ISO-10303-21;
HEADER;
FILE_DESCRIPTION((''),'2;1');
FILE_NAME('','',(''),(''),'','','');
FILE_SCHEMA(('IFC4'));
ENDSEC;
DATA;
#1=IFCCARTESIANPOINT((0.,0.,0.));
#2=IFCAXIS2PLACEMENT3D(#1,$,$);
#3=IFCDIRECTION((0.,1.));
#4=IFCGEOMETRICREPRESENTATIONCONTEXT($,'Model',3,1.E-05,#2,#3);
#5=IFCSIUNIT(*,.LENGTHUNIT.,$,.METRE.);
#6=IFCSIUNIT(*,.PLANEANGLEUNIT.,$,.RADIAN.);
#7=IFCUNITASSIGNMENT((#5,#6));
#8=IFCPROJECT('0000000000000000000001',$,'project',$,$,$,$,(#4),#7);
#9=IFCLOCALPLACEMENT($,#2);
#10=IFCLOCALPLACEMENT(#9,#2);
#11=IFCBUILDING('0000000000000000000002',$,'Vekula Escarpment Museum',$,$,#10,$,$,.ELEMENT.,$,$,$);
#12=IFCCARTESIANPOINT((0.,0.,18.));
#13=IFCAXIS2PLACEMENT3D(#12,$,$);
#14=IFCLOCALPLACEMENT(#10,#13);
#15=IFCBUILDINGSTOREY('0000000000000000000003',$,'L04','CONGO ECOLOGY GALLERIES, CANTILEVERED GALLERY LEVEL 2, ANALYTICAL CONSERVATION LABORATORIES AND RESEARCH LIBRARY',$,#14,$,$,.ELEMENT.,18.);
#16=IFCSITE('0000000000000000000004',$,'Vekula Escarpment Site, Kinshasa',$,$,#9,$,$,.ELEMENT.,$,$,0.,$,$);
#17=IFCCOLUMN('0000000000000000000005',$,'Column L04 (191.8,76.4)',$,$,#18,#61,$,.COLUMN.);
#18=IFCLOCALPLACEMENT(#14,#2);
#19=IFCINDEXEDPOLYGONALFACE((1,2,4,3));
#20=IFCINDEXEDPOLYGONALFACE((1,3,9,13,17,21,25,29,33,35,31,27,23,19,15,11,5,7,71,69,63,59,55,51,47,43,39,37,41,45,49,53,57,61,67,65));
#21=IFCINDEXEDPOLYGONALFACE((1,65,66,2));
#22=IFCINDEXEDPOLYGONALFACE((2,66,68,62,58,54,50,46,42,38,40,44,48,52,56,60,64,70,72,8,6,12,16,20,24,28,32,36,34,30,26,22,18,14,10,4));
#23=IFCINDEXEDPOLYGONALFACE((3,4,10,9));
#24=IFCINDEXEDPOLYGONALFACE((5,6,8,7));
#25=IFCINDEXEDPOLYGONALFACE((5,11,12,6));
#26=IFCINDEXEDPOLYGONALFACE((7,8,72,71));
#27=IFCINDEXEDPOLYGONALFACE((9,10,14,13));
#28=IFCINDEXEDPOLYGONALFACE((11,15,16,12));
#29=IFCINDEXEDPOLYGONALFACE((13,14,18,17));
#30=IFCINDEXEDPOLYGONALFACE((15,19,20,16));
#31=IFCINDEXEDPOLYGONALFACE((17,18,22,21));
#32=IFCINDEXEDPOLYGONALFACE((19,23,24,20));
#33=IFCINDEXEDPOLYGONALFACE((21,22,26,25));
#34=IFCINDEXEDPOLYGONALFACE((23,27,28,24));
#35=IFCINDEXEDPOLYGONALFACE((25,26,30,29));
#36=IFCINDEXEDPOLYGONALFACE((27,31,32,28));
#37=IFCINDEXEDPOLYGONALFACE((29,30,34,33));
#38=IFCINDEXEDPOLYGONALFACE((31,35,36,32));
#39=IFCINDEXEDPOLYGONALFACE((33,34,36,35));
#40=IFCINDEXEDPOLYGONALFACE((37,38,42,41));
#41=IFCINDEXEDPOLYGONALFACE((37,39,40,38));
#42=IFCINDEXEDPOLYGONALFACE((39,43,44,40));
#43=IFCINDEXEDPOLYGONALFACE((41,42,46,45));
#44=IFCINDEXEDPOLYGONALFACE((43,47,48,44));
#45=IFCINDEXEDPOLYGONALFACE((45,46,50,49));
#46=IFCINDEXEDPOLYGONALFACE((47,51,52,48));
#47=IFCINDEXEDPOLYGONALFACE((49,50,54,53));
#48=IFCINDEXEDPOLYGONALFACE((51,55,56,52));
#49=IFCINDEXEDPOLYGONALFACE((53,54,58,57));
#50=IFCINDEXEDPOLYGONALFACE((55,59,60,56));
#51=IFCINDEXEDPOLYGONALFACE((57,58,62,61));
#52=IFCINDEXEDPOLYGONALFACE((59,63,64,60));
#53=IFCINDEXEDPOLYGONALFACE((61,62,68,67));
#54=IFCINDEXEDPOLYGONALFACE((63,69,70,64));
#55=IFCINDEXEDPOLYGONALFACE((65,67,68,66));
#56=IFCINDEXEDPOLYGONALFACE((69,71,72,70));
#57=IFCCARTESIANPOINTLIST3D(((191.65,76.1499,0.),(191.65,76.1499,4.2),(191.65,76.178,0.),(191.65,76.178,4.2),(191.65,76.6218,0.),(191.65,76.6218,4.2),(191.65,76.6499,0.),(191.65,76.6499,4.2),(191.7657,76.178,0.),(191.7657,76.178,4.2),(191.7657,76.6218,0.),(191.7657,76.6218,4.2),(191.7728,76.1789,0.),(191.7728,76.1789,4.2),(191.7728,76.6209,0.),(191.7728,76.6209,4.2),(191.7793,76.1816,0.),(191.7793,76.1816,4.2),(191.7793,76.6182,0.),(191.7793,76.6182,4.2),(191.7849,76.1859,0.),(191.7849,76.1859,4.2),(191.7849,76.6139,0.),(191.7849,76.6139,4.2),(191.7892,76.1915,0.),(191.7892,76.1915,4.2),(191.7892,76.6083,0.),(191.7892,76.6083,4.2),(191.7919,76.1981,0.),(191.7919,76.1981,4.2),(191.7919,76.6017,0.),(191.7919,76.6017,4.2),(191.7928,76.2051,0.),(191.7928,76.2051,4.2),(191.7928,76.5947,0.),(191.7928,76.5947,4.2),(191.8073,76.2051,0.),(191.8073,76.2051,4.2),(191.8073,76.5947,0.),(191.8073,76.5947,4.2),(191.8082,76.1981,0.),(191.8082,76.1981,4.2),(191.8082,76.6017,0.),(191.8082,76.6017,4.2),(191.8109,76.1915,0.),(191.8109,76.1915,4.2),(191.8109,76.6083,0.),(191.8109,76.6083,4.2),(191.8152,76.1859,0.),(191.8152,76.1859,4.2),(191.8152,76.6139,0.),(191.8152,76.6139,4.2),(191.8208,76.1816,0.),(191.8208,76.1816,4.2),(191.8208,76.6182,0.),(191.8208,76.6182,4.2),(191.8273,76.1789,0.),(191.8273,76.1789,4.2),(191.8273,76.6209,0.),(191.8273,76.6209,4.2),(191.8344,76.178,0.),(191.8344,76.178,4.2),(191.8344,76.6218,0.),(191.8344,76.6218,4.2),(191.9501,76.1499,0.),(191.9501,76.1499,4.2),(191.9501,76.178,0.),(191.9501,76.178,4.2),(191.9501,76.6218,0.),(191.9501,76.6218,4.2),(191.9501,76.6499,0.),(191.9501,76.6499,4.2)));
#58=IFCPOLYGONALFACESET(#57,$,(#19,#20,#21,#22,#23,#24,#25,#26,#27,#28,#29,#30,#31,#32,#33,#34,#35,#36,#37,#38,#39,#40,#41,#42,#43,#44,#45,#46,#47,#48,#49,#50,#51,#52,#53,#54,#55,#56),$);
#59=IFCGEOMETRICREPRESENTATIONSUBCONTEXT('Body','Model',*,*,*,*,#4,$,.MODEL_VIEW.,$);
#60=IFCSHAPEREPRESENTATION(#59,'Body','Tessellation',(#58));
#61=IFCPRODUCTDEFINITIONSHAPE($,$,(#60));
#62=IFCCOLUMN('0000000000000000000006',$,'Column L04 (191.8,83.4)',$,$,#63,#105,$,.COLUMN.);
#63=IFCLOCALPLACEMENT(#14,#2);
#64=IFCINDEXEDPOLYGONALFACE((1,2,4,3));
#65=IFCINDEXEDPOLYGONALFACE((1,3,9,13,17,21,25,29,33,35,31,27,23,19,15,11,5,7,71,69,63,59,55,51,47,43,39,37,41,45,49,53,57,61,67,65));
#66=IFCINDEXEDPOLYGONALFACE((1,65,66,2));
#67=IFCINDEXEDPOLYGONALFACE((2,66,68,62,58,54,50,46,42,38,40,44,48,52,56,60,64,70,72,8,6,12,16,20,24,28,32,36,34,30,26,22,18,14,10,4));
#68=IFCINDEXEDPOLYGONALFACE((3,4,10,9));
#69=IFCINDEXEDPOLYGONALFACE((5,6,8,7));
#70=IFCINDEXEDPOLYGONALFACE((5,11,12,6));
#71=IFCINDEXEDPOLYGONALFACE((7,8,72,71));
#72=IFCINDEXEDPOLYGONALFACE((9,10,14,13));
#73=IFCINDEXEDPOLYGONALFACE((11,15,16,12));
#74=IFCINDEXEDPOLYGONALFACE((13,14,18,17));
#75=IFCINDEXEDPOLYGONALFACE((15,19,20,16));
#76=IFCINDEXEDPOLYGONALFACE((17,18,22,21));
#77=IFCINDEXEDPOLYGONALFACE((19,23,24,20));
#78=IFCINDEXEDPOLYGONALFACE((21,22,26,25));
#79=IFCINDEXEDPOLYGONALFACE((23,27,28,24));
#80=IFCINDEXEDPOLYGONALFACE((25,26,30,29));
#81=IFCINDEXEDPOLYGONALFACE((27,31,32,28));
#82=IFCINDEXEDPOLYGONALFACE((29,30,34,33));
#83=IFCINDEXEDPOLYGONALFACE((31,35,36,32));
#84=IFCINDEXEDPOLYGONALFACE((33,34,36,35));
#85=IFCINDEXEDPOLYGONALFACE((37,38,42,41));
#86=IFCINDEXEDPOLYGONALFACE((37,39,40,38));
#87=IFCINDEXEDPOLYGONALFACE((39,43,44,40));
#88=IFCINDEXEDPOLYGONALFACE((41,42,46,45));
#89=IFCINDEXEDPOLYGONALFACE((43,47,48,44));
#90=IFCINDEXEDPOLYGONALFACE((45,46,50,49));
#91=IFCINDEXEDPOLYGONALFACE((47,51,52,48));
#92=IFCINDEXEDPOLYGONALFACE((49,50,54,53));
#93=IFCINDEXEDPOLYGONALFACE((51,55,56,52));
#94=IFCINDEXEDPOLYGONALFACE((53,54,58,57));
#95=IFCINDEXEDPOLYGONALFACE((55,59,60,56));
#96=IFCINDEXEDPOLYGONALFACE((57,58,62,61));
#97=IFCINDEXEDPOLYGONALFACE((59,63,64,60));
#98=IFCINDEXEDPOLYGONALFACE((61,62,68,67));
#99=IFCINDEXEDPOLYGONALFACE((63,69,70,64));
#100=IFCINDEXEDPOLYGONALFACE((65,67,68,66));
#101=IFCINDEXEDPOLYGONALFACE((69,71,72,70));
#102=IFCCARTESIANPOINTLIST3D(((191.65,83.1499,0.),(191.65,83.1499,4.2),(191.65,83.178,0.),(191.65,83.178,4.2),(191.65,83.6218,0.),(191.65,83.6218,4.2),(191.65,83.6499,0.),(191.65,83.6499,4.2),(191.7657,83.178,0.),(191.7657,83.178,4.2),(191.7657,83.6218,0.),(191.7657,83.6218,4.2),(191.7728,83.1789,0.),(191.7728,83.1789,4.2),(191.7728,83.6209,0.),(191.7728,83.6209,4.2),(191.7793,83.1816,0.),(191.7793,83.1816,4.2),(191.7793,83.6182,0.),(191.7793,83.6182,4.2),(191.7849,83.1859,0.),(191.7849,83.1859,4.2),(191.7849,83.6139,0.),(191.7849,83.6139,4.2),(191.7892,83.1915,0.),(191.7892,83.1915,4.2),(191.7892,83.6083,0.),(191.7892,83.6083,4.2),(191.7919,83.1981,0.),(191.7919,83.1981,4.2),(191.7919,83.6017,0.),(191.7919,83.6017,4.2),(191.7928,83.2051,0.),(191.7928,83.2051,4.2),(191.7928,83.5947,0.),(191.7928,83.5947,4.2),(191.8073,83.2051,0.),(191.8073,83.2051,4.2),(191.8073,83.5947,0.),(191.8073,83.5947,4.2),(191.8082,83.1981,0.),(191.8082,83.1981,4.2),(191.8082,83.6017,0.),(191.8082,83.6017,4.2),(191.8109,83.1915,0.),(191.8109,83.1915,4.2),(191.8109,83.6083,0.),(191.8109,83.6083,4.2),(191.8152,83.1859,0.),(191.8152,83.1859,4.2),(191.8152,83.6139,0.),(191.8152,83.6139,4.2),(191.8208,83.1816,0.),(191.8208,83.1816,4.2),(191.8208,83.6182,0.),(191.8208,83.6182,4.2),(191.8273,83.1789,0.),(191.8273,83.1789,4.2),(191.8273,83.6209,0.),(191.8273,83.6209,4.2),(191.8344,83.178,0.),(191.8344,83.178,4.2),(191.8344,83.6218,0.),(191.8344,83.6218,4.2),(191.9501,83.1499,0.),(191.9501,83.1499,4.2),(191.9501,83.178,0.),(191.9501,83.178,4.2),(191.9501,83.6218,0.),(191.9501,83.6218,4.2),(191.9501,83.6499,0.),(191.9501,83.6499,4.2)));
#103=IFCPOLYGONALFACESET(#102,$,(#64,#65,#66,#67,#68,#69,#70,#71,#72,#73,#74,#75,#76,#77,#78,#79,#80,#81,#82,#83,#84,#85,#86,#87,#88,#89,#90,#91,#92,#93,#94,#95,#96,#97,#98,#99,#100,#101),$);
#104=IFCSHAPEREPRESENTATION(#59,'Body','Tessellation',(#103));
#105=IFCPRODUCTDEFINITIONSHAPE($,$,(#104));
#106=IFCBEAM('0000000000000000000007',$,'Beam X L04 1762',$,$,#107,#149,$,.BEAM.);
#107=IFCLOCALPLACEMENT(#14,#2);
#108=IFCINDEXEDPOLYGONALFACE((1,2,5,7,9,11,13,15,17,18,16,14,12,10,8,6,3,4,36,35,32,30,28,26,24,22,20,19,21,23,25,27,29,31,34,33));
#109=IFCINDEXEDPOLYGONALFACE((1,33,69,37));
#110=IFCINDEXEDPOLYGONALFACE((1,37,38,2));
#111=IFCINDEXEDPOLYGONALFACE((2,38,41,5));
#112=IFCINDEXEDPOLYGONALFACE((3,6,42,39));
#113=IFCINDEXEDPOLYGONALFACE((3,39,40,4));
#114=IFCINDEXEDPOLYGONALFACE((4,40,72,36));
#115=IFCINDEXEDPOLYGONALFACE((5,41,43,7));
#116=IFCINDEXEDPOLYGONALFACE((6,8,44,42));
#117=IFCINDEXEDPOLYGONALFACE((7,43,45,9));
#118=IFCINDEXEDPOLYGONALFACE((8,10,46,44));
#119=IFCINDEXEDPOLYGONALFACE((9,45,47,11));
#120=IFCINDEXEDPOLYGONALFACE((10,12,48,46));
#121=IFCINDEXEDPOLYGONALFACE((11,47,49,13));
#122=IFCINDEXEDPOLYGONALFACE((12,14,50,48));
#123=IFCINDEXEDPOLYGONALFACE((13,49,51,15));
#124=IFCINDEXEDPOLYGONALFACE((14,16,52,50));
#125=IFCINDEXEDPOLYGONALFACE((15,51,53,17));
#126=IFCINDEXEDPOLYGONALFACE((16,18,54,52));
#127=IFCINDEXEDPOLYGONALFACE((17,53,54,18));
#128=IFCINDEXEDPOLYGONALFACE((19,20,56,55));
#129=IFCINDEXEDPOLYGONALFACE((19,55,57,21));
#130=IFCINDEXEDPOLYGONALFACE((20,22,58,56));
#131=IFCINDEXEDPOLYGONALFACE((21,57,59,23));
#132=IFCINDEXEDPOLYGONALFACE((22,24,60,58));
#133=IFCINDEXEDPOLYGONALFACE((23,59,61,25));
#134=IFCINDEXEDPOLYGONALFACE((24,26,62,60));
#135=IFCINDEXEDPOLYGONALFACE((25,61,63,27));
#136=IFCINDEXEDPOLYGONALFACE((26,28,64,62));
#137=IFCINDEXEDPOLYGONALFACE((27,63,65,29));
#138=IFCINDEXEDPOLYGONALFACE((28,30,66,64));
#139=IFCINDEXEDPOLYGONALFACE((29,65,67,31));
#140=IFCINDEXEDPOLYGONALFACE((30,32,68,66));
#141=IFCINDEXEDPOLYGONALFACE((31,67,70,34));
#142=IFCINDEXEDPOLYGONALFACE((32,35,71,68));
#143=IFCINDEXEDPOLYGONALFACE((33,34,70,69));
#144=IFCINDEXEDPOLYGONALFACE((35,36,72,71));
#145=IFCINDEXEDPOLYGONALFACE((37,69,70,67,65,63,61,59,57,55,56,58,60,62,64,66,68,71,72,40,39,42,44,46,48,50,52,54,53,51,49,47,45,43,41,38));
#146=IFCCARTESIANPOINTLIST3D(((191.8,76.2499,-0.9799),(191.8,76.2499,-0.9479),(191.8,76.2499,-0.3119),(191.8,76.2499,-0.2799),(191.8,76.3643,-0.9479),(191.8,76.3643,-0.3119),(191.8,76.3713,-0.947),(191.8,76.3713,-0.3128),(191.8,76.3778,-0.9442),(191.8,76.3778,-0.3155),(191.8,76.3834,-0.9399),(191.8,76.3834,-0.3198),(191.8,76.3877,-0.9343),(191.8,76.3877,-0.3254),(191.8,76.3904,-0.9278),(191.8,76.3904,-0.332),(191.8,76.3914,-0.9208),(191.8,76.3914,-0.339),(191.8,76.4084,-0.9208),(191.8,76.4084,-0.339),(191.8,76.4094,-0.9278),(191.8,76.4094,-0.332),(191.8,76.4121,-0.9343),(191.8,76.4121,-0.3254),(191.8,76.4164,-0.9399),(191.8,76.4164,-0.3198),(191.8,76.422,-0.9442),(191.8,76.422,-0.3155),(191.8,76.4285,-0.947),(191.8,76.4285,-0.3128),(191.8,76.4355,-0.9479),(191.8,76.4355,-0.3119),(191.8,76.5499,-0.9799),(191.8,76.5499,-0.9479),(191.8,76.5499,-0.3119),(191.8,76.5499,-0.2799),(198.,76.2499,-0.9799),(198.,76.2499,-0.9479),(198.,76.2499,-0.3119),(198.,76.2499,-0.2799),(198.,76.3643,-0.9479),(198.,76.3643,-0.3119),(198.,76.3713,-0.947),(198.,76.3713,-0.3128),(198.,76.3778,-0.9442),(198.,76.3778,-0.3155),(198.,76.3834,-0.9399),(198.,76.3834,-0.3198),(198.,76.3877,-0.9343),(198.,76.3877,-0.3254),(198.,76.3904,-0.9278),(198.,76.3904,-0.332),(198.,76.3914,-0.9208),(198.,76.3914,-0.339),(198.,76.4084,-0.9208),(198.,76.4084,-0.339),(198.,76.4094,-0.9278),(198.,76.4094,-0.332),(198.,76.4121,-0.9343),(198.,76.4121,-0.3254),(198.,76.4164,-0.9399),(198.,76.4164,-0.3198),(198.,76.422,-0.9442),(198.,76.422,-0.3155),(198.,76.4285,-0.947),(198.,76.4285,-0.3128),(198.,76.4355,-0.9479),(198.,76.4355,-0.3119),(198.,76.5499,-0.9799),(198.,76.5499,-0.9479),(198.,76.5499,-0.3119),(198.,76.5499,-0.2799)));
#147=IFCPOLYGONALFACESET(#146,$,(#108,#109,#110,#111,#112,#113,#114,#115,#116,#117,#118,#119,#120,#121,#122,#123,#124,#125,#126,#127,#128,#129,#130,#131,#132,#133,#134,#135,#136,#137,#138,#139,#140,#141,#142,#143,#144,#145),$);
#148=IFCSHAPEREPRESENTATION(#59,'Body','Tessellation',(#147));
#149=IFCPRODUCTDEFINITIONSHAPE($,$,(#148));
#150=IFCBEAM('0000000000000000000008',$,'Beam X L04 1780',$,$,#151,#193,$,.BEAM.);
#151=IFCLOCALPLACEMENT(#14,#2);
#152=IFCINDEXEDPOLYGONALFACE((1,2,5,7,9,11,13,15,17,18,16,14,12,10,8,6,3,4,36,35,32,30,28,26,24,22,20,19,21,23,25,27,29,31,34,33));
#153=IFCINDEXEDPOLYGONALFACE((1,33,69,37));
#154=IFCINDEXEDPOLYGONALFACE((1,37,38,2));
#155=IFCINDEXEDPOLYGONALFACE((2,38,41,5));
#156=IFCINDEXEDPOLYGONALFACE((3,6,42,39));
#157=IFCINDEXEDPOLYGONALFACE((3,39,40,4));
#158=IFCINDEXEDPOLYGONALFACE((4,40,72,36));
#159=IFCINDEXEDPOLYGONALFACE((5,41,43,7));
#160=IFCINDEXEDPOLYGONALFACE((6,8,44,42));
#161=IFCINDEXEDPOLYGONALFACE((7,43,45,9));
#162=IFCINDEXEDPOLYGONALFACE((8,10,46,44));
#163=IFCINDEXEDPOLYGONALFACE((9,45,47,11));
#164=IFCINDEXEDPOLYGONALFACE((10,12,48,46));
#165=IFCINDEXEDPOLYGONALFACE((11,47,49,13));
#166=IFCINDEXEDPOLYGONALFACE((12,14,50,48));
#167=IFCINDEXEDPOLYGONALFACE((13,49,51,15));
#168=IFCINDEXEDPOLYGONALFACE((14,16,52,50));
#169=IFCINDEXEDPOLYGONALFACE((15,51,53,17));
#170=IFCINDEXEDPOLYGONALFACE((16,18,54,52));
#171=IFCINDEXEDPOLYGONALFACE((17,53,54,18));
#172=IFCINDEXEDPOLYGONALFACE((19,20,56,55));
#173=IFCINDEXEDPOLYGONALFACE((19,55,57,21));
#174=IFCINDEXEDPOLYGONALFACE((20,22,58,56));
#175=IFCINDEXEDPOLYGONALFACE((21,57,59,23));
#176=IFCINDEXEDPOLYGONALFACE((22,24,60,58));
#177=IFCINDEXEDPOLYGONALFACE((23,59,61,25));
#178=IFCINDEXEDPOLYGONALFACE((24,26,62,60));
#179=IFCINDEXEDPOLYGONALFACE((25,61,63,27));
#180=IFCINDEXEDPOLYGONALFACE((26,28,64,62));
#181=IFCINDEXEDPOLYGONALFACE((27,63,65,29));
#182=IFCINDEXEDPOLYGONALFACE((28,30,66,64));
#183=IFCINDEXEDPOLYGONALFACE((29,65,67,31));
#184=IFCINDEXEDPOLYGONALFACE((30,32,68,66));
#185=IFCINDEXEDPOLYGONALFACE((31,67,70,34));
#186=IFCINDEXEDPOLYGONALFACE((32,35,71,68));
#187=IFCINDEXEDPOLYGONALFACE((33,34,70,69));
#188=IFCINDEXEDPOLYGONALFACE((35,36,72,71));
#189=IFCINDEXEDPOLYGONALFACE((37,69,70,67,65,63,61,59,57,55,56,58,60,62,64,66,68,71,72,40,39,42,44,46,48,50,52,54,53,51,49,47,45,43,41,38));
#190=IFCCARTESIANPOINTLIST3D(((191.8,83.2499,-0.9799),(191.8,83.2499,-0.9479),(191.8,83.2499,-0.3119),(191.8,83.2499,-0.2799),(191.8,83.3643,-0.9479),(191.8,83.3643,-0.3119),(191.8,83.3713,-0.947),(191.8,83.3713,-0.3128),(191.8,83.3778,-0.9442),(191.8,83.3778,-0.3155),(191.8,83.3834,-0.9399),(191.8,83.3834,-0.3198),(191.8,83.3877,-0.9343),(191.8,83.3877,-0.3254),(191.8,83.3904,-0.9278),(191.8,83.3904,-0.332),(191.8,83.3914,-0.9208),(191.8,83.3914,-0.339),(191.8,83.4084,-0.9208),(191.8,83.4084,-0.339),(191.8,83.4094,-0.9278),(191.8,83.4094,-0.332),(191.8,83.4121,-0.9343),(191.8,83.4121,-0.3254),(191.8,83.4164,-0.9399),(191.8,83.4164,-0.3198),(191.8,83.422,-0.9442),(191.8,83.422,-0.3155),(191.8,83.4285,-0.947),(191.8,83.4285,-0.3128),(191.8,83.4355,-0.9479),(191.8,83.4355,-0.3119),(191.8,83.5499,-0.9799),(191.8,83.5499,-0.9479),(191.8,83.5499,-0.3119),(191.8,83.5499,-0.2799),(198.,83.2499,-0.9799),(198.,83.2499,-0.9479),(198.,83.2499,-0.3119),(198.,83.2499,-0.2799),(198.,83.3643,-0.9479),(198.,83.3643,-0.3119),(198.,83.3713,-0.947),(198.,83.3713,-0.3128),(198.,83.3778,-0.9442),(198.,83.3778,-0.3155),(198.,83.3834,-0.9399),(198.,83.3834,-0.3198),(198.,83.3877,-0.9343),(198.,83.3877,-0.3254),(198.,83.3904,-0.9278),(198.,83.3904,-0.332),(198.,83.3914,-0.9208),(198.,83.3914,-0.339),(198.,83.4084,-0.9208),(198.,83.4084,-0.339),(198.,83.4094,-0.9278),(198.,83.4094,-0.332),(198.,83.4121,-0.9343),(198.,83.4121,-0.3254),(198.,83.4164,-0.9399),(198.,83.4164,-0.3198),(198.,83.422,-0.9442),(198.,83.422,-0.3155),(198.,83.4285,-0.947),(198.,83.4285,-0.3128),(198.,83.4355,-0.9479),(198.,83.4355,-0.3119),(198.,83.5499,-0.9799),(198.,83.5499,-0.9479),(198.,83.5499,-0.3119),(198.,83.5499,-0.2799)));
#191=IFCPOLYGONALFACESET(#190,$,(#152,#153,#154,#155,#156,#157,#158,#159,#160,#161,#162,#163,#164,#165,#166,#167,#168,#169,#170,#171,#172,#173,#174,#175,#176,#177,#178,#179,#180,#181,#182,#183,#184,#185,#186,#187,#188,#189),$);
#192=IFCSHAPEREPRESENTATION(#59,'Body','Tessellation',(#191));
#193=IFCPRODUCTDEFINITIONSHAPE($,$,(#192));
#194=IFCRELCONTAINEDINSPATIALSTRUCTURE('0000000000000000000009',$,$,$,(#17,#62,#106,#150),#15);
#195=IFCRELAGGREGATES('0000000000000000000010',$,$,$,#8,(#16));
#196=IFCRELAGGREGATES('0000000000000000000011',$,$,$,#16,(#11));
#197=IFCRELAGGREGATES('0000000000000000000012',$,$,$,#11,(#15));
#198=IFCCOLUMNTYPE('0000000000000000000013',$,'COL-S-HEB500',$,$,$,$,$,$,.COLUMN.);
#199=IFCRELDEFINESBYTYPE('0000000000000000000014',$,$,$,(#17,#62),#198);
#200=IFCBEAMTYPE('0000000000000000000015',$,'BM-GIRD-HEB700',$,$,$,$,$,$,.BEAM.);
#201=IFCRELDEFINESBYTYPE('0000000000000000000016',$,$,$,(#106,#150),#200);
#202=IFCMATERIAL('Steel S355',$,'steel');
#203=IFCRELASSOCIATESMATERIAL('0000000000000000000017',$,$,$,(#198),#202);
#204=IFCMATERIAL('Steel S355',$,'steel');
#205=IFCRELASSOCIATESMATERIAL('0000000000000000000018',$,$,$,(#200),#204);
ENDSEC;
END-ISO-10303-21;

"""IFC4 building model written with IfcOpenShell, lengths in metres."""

from ifc_helpers import new_model, si_unit, direction, frame, origin, origin_2d, place, context, subcontext, project, spatial, i_section, extrude, material, material_profile, profile_set, type_object, element, save


model = new_model("IFC4")

# Units and contexts
model_context = context("Model", 3, precision=1e-05, world=origin(), true_north=direction((0.0, 1.0)))
body_context = subcontext(model_context, "Body", "Model", "MODEL_VIEW")
ifc_project = project(units=[si_unit("LENGTHUNIT", "METRE"), si_unit("PLANEANGLEUNIT", "RADIAN")], contexts=[model_context])

# Site, building, storey
site_placement = place(None, origin())
site = spatial("IfcSite", under=ifc_project, at=site_placement, Name="Vekula Escarpment Site, Kinshasa", CompositionType="ELEMENT", RefElevation=0.0)
building_placement = place(site_placement, origin())
building = spatial("IfcBuilding", under=site, at=building_placement, Name="Vekula Escarpment Museum", CompositionType="ELEMENT")
storey_placement = place(building_placement, frame((0.0, 0.0, 18.0)))
storey = spatial("IfcBuildingStorey", under=building, at=storey_placement, Name="L04", Description="CONGO ECOLOGY GALLERIES, CANTILEVERED GALLERY LEVEL 2, ANALYTICAL CONSERVATION LABORATORIES AND RESEARCH LIBRARY", CompositionType="ELEMENT", Elevation=18.0)

# Columns
ifc_material_1 = material(Name="Steel S355", Category="steel")
ifc_material_profile_1 = material_profile(ifc_material_1, i_section(OverallWidth=0.3, OverallDepth=0.5, WebThickness=0.0144, FlangeThickness=0.0281, FilletRadius=0.0271, at=origin_2d()), Name="HEB 500")
ifc_profile_set_1 = profile_set([ifc_material_profile_1], Name="Steel S355")
column_type = type_object("IfcColumnType", Name="COL-S-HEB500", PredefinedType="COLUMN", material=ifc_profile_set_1)
for number, where, z_axis, x_axis, name in (
    (1, (191.8, 76.3999, 0.0), (0.0, 0.0, 1.0), (1.0, 0.0, 0.0), "Column L04 (191.8,76.4)"),
    (2, (191.8, 83.3999, 0.0), (0.0, 0.0, 1.0), (1.0, 0.0, 0.0), "Column L04 (191.8,83.4)"),
):
    element("IfcColumn", number, at=place(storey_placement, frame(where, z_axis=z_axis, x_axis=x_axis)), inside=storey, type_object=column_type, Name=name, PredefinedType="COLUMN", context=body_context, shape_type="SweptSolid", body=[
        extrude(i_section(OverallWidth=0.3, OverallDepth=0.5, WebThickness=0.0144, FlangeThickness=0.0281, FilletRadius=0.0271, at=origin_2d()), origin(), (0.0, 0.0, 1.0), 4.2),
    ])

# Beams
ifc_material_2 = material(Name="Steel S355", Category="steel")
ifc_material_profile_2 = material_profile(ifc_material_2, i_section(OverallWidth=0.3, OverallDepth=0.7, WebThickness=0.0171, FlangeThickness=0.032, FilletRadius=0.0271, at=origin_2d()), Name="HEB 700")
ifc_profile_set_2 = profile_set([ifc_material_profile_2], Name="Steel S355")
beam_type_1 = type_object("IfcBeamType", Name="BM-GIRD-HEB700", PredefinedType="BEAM", material=ifc_profile_set_2)
for number, where, z_axis, x_axis, name in (
    (3, (191.8, 76.3999, -0.6299), (1.0, 0.0, 0.0), (0.0, 1.0, 0.0), "Beam X L04 1762"),
    (4, (191.8, 83.3999, -0.6299), (1.0, 0.0, 0.0), (0.0, 1.0, 0.0), "Beam X L04 1780"),
):
    element("IfcBeam", number, at=place(storey_placement, frame(where, z_axis=z_axis, x_axis=x_axis)), inside=storey, type_object=beam_type_1, Name=name, PredefinedType="BEAM", context=body_context, shape_type="SweptSolid", body=[
        extrude(i_section(OverallWidth=0.3, OverallDepth=0.7, WebThickness=0.0171, FlangeThickness=0.032, FilletRadius=0.0271, at=origin_2d()), origin(), (0.0, 0.0, 1.0), 6.2),
    ])

save(model, "model.ifc")
